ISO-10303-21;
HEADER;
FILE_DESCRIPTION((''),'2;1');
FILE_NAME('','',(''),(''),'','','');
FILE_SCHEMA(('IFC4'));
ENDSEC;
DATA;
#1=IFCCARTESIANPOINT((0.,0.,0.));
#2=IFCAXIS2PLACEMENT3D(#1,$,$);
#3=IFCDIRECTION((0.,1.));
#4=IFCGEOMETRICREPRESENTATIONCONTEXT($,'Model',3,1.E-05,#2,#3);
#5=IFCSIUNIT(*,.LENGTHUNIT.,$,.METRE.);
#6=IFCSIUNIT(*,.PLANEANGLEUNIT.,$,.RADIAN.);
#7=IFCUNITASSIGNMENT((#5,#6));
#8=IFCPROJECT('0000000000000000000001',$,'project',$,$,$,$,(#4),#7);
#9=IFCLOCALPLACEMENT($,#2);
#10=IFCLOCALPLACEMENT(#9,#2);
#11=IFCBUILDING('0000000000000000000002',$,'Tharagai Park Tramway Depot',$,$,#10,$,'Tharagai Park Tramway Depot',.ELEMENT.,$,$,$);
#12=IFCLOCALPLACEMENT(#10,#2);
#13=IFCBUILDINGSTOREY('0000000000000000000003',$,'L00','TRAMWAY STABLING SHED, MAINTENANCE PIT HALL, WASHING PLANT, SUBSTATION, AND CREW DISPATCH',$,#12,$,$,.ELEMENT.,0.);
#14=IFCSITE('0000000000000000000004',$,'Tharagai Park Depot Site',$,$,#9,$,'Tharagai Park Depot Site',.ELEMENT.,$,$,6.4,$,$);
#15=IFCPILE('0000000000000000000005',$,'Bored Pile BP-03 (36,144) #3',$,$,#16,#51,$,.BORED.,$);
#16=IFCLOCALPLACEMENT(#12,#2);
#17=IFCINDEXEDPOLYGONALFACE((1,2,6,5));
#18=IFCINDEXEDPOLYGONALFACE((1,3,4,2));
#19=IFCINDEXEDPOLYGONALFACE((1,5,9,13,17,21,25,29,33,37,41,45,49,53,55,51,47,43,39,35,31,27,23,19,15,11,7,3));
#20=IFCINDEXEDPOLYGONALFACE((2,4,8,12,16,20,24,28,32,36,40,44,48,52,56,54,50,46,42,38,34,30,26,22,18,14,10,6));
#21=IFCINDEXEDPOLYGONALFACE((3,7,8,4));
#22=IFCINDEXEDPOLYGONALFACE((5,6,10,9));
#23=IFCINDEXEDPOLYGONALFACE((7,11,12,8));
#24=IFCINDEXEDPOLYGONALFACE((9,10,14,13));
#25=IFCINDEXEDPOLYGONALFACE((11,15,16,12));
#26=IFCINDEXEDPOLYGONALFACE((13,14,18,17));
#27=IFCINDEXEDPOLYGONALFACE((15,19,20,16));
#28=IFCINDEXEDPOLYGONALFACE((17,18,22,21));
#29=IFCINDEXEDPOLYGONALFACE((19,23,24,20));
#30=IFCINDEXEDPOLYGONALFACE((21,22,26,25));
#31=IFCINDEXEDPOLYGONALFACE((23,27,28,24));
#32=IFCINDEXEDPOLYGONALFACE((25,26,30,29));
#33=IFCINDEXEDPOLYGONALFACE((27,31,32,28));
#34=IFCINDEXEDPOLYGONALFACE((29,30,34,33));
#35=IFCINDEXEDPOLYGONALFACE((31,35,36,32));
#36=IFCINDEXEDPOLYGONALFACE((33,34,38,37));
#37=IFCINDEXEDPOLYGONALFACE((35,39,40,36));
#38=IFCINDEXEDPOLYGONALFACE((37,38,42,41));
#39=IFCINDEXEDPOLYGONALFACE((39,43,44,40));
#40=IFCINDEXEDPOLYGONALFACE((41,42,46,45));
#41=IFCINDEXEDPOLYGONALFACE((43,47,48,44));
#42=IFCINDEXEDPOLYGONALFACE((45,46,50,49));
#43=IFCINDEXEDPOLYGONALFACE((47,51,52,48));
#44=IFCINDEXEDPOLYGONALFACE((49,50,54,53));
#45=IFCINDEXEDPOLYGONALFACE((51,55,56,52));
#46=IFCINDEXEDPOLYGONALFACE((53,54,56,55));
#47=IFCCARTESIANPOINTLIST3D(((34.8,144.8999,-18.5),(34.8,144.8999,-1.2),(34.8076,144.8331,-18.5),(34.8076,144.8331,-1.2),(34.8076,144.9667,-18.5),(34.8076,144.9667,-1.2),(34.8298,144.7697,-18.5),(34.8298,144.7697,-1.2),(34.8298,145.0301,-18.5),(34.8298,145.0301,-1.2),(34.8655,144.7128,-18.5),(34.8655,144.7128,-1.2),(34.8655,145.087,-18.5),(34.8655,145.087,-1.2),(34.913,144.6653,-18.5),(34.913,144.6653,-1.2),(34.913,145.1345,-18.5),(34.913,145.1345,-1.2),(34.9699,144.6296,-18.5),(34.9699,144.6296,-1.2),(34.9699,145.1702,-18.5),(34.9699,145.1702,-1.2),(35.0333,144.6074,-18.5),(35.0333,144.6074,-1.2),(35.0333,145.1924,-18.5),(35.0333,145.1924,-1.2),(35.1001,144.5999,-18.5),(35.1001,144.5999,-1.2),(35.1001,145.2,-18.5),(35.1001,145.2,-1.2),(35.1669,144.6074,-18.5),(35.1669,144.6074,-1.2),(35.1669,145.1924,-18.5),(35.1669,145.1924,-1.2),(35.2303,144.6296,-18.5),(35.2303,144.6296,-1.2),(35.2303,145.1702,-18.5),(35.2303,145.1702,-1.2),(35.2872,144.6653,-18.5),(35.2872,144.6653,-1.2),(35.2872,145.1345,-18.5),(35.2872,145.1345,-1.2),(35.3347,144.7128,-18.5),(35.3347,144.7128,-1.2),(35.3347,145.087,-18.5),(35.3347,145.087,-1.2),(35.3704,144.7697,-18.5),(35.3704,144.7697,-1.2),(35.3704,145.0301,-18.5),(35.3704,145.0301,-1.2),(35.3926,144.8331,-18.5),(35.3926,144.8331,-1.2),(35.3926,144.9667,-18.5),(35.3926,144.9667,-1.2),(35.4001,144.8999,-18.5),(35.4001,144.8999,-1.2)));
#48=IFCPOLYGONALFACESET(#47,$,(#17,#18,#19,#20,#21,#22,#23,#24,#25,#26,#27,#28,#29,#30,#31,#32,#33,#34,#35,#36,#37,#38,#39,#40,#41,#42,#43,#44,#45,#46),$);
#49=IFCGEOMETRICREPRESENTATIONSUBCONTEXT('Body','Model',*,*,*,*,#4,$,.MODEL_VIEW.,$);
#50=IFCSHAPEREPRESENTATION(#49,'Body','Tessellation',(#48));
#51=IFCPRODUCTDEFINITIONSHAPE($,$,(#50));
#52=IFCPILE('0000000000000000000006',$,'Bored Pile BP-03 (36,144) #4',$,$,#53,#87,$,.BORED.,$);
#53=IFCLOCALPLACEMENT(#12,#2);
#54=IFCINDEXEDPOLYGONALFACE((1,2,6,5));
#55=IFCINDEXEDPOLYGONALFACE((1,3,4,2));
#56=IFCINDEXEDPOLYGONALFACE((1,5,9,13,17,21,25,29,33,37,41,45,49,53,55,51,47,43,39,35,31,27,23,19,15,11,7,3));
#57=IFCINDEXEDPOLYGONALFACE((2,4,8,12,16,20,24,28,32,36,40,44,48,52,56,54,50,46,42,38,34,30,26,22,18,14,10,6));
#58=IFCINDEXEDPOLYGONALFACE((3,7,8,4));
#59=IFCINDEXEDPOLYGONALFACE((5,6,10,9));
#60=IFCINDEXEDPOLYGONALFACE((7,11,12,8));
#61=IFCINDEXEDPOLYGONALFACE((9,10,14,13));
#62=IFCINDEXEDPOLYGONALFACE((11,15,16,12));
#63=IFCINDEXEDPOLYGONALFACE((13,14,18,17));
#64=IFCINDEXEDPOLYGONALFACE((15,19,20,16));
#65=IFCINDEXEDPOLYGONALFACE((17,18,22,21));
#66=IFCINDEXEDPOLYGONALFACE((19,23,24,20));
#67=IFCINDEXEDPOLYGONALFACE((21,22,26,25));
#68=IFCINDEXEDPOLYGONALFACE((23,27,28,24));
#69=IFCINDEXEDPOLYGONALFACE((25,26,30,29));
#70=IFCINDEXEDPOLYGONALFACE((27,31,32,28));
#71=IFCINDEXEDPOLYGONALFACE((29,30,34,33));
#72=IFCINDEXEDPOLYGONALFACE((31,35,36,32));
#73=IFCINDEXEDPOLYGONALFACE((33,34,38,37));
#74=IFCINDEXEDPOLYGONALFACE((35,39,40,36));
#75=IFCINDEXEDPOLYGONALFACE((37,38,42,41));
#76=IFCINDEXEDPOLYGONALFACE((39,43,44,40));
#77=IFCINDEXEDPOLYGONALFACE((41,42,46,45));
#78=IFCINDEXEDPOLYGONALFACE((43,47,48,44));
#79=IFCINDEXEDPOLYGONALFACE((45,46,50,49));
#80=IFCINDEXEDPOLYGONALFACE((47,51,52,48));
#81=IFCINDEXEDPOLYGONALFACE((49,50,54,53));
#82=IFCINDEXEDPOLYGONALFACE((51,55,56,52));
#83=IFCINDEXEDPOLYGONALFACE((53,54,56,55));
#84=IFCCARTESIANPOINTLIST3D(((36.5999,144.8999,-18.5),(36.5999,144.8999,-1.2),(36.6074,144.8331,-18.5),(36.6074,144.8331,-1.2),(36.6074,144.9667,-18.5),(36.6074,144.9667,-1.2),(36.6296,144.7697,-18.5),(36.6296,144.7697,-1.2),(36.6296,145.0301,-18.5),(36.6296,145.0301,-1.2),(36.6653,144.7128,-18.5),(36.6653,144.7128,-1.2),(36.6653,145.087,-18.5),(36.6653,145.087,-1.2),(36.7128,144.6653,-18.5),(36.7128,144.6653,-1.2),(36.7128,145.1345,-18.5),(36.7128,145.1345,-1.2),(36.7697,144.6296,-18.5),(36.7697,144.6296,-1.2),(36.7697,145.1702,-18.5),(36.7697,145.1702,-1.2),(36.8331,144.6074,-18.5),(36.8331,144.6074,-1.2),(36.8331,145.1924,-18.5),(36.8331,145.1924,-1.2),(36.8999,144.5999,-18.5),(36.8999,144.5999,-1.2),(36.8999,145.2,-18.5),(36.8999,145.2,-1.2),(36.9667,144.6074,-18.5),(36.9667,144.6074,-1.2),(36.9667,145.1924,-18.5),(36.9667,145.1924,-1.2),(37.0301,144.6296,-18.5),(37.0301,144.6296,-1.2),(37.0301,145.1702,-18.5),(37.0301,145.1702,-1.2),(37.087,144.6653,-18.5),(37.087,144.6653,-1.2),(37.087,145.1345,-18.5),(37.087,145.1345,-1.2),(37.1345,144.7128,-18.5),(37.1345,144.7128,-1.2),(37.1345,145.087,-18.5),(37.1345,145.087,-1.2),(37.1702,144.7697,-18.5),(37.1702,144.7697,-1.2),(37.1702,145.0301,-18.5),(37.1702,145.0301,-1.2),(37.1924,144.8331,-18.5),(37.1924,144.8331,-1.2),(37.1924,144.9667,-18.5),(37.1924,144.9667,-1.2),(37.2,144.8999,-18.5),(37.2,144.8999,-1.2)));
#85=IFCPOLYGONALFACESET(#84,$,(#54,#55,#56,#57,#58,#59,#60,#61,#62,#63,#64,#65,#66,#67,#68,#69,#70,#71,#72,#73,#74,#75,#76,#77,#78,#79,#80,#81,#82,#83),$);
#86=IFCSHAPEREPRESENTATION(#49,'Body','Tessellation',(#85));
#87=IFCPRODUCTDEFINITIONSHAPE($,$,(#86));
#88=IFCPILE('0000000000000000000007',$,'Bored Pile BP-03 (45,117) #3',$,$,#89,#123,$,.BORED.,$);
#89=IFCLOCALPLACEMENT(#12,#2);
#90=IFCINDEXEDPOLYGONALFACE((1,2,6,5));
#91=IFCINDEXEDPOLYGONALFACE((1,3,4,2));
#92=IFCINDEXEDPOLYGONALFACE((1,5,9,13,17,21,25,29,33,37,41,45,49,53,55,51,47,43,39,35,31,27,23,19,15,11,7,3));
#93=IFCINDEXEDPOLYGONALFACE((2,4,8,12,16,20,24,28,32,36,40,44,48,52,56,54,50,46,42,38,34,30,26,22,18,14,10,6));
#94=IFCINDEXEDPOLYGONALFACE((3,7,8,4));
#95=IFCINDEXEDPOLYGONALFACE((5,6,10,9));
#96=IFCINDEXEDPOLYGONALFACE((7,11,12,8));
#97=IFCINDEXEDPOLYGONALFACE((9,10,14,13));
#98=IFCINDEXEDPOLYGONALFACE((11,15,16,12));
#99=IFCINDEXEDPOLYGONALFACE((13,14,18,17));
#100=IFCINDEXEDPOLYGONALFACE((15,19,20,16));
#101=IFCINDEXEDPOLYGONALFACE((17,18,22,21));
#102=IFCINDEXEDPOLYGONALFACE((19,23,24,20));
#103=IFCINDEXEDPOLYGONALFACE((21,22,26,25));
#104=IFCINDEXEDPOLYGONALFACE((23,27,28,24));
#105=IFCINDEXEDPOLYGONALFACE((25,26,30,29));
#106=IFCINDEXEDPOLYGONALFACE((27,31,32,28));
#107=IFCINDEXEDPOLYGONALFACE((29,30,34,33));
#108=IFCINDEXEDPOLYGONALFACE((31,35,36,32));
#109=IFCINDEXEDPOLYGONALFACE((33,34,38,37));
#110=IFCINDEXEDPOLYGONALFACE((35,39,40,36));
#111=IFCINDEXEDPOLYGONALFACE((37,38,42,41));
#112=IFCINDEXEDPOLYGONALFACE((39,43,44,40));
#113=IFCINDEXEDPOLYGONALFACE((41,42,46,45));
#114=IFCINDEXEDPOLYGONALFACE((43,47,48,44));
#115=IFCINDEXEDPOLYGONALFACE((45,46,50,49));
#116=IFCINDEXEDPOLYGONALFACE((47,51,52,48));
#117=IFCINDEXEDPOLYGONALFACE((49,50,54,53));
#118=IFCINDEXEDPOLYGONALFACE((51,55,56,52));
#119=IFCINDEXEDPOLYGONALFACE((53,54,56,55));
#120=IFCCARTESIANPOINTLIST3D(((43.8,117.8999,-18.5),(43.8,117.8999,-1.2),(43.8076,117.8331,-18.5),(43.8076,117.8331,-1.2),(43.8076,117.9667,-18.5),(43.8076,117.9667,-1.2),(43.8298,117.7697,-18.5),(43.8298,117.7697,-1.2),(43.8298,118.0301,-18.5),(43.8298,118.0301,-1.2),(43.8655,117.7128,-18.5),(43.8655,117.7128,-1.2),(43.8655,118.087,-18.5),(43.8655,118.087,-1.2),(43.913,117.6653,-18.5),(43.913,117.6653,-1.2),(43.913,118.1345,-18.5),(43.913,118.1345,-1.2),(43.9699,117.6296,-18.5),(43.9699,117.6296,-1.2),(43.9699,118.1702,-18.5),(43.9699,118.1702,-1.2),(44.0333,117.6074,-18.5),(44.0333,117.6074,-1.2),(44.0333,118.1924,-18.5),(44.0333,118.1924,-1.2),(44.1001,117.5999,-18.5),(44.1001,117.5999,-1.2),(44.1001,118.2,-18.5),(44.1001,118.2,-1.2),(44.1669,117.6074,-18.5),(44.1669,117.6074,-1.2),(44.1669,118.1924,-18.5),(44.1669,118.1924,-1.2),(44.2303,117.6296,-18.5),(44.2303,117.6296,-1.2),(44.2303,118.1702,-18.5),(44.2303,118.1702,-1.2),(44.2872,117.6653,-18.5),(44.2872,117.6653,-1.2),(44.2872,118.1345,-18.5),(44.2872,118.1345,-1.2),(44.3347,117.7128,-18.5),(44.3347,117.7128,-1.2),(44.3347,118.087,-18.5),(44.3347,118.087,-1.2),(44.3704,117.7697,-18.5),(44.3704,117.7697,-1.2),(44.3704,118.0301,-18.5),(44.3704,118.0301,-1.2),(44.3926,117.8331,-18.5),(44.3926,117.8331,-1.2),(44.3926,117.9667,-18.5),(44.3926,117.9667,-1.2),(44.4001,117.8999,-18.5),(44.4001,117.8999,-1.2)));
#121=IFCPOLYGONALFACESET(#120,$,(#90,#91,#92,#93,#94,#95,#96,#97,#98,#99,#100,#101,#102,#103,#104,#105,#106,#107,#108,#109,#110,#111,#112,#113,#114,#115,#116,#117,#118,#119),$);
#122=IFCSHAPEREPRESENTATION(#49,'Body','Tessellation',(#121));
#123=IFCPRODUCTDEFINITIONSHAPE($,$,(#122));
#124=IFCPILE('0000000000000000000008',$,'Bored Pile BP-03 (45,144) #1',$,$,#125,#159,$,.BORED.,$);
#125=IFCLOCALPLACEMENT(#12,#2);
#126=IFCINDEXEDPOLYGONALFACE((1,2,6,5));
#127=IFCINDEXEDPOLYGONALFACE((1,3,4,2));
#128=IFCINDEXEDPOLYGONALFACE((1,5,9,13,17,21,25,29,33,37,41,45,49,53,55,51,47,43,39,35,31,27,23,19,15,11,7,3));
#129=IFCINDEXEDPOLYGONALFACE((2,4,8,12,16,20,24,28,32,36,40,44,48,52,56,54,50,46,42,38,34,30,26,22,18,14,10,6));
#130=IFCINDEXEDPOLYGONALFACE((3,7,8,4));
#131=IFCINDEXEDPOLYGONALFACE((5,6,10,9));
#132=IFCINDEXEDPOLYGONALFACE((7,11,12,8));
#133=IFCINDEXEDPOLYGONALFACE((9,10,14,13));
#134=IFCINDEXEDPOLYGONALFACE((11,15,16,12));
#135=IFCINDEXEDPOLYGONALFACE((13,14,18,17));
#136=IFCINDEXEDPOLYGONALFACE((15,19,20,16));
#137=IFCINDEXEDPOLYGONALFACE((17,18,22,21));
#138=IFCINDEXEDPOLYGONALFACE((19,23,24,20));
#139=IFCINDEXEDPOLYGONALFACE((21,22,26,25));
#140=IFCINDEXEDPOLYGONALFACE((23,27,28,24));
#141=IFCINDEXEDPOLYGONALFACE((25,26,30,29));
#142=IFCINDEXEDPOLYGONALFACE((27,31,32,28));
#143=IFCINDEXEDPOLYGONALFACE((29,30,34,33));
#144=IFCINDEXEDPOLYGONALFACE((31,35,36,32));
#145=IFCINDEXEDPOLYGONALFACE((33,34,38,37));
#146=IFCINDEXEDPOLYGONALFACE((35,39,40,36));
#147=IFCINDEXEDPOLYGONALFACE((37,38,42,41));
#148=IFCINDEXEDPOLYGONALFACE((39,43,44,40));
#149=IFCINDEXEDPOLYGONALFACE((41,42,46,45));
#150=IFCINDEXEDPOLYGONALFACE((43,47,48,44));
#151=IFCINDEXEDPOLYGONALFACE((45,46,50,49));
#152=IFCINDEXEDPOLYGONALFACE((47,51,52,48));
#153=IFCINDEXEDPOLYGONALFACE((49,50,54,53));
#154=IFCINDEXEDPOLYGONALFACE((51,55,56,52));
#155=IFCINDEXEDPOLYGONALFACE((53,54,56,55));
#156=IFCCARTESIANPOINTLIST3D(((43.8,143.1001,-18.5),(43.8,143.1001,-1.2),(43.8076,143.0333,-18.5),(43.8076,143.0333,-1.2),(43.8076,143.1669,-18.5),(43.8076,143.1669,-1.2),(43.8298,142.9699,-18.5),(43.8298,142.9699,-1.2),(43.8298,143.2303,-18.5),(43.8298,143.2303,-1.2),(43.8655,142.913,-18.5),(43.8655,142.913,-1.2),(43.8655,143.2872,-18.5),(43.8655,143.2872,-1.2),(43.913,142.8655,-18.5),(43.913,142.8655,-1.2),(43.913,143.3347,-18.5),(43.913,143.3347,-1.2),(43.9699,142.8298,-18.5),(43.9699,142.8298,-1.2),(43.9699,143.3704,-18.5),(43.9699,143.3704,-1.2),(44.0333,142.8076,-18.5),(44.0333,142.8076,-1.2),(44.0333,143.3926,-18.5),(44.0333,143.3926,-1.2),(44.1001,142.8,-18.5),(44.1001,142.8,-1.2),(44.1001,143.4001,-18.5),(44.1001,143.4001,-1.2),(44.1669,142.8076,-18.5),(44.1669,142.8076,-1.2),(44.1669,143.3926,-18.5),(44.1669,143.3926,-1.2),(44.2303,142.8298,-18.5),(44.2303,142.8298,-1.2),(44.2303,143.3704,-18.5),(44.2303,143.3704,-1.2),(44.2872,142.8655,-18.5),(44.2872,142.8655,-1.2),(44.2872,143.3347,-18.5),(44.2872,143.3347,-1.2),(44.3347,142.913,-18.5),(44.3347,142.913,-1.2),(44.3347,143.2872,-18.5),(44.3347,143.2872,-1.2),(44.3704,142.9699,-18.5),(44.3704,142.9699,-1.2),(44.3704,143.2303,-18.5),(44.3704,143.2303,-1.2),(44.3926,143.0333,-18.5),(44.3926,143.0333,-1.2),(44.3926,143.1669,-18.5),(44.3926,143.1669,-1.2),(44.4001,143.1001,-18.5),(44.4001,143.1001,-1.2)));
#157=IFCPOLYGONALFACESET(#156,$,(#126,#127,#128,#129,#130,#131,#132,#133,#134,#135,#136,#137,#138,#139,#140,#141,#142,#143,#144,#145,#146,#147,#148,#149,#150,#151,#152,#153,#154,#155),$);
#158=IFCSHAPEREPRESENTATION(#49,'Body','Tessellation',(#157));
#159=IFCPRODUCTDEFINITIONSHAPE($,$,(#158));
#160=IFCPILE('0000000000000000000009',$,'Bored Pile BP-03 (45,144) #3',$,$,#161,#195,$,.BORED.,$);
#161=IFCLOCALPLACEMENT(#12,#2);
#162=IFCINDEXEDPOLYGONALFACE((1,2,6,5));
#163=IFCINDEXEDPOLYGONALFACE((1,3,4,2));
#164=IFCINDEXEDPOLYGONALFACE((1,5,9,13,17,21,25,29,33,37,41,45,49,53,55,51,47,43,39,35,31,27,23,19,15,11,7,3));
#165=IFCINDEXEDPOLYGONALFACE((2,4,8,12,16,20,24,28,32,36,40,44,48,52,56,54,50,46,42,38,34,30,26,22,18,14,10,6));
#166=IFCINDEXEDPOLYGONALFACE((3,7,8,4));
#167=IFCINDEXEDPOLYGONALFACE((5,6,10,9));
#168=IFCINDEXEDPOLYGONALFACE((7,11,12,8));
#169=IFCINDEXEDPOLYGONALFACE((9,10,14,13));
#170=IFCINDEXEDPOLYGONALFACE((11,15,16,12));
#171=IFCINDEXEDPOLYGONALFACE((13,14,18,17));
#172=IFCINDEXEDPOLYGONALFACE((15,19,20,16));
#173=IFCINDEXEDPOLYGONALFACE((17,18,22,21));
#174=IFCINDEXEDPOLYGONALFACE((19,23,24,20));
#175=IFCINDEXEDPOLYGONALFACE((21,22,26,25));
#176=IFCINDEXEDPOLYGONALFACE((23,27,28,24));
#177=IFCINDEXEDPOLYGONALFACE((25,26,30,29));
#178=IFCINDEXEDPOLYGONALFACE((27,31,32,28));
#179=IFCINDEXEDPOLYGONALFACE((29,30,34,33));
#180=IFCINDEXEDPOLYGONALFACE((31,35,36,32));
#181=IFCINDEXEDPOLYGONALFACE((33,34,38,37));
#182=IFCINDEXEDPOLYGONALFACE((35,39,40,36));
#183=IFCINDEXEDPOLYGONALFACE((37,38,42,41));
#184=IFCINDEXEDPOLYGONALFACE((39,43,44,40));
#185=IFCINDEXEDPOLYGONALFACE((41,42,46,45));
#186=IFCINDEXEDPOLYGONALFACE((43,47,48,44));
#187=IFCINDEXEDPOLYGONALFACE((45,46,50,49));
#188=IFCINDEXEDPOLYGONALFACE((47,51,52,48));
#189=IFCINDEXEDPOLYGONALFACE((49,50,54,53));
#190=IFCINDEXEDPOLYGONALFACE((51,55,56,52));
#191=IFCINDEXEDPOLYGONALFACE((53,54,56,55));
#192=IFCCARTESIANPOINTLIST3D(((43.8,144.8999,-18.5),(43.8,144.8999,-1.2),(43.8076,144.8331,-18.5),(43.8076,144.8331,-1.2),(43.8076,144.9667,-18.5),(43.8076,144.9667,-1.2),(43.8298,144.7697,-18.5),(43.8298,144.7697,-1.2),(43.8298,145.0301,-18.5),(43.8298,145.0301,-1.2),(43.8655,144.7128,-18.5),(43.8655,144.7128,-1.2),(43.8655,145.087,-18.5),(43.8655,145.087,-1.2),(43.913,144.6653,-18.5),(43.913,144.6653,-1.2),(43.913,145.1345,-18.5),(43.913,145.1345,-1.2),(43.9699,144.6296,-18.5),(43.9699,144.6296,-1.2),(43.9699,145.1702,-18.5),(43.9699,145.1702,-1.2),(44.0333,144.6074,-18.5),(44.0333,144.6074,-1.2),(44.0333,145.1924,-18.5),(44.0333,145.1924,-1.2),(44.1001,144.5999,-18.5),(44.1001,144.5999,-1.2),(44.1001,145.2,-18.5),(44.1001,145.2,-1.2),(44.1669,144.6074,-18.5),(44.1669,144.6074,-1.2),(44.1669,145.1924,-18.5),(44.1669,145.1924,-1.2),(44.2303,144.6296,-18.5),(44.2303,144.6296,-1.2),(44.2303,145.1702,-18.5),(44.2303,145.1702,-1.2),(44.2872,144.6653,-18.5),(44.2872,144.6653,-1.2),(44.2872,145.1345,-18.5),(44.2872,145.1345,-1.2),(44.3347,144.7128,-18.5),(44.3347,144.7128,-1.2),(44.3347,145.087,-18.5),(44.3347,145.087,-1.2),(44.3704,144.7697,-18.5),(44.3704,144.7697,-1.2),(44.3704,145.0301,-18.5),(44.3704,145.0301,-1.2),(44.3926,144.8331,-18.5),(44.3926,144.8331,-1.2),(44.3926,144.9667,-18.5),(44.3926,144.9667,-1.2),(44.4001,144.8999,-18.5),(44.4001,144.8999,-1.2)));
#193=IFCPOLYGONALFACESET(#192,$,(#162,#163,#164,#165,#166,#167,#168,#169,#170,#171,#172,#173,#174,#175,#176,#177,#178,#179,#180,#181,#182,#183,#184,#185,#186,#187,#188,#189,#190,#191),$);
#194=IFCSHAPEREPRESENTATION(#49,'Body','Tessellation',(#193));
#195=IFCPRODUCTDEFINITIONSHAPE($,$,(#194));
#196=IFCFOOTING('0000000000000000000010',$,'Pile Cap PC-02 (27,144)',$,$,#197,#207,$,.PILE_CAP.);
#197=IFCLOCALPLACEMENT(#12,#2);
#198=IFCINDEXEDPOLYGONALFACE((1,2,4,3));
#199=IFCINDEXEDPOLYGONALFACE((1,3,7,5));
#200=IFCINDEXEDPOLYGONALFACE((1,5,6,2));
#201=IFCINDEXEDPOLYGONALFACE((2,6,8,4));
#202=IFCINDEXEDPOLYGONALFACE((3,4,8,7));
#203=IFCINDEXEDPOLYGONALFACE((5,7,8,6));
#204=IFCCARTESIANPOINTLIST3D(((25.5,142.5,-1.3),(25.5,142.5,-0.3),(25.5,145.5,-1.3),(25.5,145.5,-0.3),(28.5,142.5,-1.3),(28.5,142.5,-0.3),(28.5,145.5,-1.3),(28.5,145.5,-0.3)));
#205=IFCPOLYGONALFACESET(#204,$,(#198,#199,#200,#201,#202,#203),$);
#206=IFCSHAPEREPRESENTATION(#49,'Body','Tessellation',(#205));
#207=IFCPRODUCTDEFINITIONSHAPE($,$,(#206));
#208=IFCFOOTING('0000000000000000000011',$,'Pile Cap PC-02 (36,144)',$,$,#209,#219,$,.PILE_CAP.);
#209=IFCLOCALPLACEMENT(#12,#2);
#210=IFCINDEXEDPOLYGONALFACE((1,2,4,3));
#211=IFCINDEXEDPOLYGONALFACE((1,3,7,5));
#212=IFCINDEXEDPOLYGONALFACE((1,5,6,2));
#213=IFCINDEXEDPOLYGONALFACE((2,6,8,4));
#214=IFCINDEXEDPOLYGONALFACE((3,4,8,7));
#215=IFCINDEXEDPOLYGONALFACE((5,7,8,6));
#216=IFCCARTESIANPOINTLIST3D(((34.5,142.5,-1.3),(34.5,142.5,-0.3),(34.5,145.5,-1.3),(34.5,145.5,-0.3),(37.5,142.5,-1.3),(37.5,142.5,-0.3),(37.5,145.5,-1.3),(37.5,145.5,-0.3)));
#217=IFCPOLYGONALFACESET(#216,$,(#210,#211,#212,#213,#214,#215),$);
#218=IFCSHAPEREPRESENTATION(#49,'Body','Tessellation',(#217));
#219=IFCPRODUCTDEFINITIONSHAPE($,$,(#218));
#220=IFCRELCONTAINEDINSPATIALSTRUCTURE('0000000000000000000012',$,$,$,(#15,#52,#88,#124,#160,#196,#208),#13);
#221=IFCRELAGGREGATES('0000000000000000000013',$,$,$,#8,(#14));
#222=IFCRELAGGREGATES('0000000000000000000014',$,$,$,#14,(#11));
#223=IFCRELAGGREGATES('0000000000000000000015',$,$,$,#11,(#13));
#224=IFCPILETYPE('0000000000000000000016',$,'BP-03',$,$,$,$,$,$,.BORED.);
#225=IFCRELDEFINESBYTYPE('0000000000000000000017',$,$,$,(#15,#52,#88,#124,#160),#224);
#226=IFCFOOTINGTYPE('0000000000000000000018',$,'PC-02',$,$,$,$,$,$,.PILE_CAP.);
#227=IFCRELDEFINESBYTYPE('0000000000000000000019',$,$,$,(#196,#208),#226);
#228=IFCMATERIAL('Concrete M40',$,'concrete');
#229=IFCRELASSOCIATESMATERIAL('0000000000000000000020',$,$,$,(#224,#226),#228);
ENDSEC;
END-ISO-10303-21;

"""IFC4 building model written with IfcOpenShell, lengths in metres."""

from ifc_helpers import new_model, si_unit, direction, frame, origin, origin_2d, place, context, subcontext, project, spatial, rectangle, circle, extrude, material, material_profile, profile_set, type_object, element, save


model = new_model("IFC4")

# Units and contexts
model_context = context("Model", 3, precision=1e-05, world=origin(), true_north=direction((0.0, 1.0)))
body_context = subcontext(model_context, "Body", "Model", "MODEL_VIEW")
ifc_project = project(units=[si_unit("LENGTHUNIT", "METRE"), si_unit("PLANEANGLEUNIT", "RADIAN")], contexts=[model_context])

# Site, building, storey
site_placement = place(None, origin())
site = spatial("IfcSite", under=ifc_project, at=site_placement, Name="Tharagai Park Depot Site", LongName="Tharagai Park Depot Site", CompositionType="ELEMENT", RefElevation=6.4)
building_placement = place(site_placement, origin())
building = spatial("IfcBuilding", under=site, at=building_placement, Name="Tharagai Park Tramway Depot", LongName="Tharagai Park Tramway Depot", CompositionType="ELEMENT")
storey_placement = place(building_placement, origin())
storey = spatial("IfcBuildingStorey", under=building, at=storey_placement, Name="L00", Description="TRAMWAY STABLING SHED, MAINTENANCE PIT HALL, WASHING PLANT, SUBSTATION, AND CREW DISPATCH", CompositionType="ELEMENT", Elevation=0.0)

# Piles
ifc_material_1 = material(Name="Concrete M40", Category="concrete")
ifc_material_profile_1 = material_profile(ifc_material_1, circle(Radius=0.3, at=origin_2d()), Name="PILE D600")
ifc_profile_set_1 = profile_set([ifc_material_profile_1], Name="Concrete M40")
pile_type = type_object("IfcPileType", Name="BP-03", PredefinedType="BORED", material=ifc_profile_set_1)
for number, where, z_axis, x_axis, name in (
    (1, (35.1001, 144.8999, -1.2), (0.0, 0.0, -1.0), (1.0, 0.0, 0.0), "Bored Pile BP-03 (36,144) #3"),
    (2, (36.8999, 144.8999, -1.2), (0.0, 0.0, -1.0), (1.0, 0.0, 0.0), "Bored Pile BP-03 (36,144) #4"),
    (3, (44.1001, 117.8999, -1.2), (0.0, 0.0, -1.0), (1.0, 0.0, 0.0), "Bored Pile BP-03 (45,117) #3"),
    (4, (44.1001, 143.1001, -1.2), (0.0, 0.0, -1.0), (1.0, 0.0, 0.0), "Bored Pile BP-03 (45,144) #1"),
    (5, (44.1001, 144.8999, -1.2), (0.0, 0.0, -1.0), (1.0, 0.0, 0.0), "Bored Pile BP-03 (45,144) #3"),
):
    element("IfcPile", number, at=place(storey_placement, frame(where, z_axis=z_axis, x_axis=x_axis)), inside=storey, type_object=pile_type, Name=name, PredefinedType="BORED", context=body_context, shape_type="SweptSolid", body=[
        extrude(circle(Radius=0.3, at=origin_2d()), origin(), (0.0, 0.0, 1.0), 17.3),
    ])

# Footings
footing_type = type_object("IfcFootingType", Name="PC-02", PredefinedType="PILE_CAP", material=ifc_material_1)
for number, where, z_axis, x_axis, name in (
    (6, (27.0, 144.0, -1.3), (0.0, 0.0, 1.0), (1.0, 0.0, 0.0), "Pile Cap PC-02 (27,144)"),
    (7, (36.0, 144.0, -1.3), (0.0, 0.0, 1.0), (1.0, 0.0, 0.0), "Pile Cap PC-02 (36,144)"),
):
    element("IfcFooting", number, at=place(storey_placement, frame(where, z_axis=z_axis, x_axis=x_axis)), inside=storey, type_object=footing_type, Name=name, PredefinedType="PILE_CAP", context=body_context, shape_type="SweptSolid", body=[
        extrude(rectangle(XDim=3.0, YDim=3.0, at=origin_2d()), origin(), (0.0, 0.0, 1.0), 1.0),
    ])

save(model, "model.ifc")
